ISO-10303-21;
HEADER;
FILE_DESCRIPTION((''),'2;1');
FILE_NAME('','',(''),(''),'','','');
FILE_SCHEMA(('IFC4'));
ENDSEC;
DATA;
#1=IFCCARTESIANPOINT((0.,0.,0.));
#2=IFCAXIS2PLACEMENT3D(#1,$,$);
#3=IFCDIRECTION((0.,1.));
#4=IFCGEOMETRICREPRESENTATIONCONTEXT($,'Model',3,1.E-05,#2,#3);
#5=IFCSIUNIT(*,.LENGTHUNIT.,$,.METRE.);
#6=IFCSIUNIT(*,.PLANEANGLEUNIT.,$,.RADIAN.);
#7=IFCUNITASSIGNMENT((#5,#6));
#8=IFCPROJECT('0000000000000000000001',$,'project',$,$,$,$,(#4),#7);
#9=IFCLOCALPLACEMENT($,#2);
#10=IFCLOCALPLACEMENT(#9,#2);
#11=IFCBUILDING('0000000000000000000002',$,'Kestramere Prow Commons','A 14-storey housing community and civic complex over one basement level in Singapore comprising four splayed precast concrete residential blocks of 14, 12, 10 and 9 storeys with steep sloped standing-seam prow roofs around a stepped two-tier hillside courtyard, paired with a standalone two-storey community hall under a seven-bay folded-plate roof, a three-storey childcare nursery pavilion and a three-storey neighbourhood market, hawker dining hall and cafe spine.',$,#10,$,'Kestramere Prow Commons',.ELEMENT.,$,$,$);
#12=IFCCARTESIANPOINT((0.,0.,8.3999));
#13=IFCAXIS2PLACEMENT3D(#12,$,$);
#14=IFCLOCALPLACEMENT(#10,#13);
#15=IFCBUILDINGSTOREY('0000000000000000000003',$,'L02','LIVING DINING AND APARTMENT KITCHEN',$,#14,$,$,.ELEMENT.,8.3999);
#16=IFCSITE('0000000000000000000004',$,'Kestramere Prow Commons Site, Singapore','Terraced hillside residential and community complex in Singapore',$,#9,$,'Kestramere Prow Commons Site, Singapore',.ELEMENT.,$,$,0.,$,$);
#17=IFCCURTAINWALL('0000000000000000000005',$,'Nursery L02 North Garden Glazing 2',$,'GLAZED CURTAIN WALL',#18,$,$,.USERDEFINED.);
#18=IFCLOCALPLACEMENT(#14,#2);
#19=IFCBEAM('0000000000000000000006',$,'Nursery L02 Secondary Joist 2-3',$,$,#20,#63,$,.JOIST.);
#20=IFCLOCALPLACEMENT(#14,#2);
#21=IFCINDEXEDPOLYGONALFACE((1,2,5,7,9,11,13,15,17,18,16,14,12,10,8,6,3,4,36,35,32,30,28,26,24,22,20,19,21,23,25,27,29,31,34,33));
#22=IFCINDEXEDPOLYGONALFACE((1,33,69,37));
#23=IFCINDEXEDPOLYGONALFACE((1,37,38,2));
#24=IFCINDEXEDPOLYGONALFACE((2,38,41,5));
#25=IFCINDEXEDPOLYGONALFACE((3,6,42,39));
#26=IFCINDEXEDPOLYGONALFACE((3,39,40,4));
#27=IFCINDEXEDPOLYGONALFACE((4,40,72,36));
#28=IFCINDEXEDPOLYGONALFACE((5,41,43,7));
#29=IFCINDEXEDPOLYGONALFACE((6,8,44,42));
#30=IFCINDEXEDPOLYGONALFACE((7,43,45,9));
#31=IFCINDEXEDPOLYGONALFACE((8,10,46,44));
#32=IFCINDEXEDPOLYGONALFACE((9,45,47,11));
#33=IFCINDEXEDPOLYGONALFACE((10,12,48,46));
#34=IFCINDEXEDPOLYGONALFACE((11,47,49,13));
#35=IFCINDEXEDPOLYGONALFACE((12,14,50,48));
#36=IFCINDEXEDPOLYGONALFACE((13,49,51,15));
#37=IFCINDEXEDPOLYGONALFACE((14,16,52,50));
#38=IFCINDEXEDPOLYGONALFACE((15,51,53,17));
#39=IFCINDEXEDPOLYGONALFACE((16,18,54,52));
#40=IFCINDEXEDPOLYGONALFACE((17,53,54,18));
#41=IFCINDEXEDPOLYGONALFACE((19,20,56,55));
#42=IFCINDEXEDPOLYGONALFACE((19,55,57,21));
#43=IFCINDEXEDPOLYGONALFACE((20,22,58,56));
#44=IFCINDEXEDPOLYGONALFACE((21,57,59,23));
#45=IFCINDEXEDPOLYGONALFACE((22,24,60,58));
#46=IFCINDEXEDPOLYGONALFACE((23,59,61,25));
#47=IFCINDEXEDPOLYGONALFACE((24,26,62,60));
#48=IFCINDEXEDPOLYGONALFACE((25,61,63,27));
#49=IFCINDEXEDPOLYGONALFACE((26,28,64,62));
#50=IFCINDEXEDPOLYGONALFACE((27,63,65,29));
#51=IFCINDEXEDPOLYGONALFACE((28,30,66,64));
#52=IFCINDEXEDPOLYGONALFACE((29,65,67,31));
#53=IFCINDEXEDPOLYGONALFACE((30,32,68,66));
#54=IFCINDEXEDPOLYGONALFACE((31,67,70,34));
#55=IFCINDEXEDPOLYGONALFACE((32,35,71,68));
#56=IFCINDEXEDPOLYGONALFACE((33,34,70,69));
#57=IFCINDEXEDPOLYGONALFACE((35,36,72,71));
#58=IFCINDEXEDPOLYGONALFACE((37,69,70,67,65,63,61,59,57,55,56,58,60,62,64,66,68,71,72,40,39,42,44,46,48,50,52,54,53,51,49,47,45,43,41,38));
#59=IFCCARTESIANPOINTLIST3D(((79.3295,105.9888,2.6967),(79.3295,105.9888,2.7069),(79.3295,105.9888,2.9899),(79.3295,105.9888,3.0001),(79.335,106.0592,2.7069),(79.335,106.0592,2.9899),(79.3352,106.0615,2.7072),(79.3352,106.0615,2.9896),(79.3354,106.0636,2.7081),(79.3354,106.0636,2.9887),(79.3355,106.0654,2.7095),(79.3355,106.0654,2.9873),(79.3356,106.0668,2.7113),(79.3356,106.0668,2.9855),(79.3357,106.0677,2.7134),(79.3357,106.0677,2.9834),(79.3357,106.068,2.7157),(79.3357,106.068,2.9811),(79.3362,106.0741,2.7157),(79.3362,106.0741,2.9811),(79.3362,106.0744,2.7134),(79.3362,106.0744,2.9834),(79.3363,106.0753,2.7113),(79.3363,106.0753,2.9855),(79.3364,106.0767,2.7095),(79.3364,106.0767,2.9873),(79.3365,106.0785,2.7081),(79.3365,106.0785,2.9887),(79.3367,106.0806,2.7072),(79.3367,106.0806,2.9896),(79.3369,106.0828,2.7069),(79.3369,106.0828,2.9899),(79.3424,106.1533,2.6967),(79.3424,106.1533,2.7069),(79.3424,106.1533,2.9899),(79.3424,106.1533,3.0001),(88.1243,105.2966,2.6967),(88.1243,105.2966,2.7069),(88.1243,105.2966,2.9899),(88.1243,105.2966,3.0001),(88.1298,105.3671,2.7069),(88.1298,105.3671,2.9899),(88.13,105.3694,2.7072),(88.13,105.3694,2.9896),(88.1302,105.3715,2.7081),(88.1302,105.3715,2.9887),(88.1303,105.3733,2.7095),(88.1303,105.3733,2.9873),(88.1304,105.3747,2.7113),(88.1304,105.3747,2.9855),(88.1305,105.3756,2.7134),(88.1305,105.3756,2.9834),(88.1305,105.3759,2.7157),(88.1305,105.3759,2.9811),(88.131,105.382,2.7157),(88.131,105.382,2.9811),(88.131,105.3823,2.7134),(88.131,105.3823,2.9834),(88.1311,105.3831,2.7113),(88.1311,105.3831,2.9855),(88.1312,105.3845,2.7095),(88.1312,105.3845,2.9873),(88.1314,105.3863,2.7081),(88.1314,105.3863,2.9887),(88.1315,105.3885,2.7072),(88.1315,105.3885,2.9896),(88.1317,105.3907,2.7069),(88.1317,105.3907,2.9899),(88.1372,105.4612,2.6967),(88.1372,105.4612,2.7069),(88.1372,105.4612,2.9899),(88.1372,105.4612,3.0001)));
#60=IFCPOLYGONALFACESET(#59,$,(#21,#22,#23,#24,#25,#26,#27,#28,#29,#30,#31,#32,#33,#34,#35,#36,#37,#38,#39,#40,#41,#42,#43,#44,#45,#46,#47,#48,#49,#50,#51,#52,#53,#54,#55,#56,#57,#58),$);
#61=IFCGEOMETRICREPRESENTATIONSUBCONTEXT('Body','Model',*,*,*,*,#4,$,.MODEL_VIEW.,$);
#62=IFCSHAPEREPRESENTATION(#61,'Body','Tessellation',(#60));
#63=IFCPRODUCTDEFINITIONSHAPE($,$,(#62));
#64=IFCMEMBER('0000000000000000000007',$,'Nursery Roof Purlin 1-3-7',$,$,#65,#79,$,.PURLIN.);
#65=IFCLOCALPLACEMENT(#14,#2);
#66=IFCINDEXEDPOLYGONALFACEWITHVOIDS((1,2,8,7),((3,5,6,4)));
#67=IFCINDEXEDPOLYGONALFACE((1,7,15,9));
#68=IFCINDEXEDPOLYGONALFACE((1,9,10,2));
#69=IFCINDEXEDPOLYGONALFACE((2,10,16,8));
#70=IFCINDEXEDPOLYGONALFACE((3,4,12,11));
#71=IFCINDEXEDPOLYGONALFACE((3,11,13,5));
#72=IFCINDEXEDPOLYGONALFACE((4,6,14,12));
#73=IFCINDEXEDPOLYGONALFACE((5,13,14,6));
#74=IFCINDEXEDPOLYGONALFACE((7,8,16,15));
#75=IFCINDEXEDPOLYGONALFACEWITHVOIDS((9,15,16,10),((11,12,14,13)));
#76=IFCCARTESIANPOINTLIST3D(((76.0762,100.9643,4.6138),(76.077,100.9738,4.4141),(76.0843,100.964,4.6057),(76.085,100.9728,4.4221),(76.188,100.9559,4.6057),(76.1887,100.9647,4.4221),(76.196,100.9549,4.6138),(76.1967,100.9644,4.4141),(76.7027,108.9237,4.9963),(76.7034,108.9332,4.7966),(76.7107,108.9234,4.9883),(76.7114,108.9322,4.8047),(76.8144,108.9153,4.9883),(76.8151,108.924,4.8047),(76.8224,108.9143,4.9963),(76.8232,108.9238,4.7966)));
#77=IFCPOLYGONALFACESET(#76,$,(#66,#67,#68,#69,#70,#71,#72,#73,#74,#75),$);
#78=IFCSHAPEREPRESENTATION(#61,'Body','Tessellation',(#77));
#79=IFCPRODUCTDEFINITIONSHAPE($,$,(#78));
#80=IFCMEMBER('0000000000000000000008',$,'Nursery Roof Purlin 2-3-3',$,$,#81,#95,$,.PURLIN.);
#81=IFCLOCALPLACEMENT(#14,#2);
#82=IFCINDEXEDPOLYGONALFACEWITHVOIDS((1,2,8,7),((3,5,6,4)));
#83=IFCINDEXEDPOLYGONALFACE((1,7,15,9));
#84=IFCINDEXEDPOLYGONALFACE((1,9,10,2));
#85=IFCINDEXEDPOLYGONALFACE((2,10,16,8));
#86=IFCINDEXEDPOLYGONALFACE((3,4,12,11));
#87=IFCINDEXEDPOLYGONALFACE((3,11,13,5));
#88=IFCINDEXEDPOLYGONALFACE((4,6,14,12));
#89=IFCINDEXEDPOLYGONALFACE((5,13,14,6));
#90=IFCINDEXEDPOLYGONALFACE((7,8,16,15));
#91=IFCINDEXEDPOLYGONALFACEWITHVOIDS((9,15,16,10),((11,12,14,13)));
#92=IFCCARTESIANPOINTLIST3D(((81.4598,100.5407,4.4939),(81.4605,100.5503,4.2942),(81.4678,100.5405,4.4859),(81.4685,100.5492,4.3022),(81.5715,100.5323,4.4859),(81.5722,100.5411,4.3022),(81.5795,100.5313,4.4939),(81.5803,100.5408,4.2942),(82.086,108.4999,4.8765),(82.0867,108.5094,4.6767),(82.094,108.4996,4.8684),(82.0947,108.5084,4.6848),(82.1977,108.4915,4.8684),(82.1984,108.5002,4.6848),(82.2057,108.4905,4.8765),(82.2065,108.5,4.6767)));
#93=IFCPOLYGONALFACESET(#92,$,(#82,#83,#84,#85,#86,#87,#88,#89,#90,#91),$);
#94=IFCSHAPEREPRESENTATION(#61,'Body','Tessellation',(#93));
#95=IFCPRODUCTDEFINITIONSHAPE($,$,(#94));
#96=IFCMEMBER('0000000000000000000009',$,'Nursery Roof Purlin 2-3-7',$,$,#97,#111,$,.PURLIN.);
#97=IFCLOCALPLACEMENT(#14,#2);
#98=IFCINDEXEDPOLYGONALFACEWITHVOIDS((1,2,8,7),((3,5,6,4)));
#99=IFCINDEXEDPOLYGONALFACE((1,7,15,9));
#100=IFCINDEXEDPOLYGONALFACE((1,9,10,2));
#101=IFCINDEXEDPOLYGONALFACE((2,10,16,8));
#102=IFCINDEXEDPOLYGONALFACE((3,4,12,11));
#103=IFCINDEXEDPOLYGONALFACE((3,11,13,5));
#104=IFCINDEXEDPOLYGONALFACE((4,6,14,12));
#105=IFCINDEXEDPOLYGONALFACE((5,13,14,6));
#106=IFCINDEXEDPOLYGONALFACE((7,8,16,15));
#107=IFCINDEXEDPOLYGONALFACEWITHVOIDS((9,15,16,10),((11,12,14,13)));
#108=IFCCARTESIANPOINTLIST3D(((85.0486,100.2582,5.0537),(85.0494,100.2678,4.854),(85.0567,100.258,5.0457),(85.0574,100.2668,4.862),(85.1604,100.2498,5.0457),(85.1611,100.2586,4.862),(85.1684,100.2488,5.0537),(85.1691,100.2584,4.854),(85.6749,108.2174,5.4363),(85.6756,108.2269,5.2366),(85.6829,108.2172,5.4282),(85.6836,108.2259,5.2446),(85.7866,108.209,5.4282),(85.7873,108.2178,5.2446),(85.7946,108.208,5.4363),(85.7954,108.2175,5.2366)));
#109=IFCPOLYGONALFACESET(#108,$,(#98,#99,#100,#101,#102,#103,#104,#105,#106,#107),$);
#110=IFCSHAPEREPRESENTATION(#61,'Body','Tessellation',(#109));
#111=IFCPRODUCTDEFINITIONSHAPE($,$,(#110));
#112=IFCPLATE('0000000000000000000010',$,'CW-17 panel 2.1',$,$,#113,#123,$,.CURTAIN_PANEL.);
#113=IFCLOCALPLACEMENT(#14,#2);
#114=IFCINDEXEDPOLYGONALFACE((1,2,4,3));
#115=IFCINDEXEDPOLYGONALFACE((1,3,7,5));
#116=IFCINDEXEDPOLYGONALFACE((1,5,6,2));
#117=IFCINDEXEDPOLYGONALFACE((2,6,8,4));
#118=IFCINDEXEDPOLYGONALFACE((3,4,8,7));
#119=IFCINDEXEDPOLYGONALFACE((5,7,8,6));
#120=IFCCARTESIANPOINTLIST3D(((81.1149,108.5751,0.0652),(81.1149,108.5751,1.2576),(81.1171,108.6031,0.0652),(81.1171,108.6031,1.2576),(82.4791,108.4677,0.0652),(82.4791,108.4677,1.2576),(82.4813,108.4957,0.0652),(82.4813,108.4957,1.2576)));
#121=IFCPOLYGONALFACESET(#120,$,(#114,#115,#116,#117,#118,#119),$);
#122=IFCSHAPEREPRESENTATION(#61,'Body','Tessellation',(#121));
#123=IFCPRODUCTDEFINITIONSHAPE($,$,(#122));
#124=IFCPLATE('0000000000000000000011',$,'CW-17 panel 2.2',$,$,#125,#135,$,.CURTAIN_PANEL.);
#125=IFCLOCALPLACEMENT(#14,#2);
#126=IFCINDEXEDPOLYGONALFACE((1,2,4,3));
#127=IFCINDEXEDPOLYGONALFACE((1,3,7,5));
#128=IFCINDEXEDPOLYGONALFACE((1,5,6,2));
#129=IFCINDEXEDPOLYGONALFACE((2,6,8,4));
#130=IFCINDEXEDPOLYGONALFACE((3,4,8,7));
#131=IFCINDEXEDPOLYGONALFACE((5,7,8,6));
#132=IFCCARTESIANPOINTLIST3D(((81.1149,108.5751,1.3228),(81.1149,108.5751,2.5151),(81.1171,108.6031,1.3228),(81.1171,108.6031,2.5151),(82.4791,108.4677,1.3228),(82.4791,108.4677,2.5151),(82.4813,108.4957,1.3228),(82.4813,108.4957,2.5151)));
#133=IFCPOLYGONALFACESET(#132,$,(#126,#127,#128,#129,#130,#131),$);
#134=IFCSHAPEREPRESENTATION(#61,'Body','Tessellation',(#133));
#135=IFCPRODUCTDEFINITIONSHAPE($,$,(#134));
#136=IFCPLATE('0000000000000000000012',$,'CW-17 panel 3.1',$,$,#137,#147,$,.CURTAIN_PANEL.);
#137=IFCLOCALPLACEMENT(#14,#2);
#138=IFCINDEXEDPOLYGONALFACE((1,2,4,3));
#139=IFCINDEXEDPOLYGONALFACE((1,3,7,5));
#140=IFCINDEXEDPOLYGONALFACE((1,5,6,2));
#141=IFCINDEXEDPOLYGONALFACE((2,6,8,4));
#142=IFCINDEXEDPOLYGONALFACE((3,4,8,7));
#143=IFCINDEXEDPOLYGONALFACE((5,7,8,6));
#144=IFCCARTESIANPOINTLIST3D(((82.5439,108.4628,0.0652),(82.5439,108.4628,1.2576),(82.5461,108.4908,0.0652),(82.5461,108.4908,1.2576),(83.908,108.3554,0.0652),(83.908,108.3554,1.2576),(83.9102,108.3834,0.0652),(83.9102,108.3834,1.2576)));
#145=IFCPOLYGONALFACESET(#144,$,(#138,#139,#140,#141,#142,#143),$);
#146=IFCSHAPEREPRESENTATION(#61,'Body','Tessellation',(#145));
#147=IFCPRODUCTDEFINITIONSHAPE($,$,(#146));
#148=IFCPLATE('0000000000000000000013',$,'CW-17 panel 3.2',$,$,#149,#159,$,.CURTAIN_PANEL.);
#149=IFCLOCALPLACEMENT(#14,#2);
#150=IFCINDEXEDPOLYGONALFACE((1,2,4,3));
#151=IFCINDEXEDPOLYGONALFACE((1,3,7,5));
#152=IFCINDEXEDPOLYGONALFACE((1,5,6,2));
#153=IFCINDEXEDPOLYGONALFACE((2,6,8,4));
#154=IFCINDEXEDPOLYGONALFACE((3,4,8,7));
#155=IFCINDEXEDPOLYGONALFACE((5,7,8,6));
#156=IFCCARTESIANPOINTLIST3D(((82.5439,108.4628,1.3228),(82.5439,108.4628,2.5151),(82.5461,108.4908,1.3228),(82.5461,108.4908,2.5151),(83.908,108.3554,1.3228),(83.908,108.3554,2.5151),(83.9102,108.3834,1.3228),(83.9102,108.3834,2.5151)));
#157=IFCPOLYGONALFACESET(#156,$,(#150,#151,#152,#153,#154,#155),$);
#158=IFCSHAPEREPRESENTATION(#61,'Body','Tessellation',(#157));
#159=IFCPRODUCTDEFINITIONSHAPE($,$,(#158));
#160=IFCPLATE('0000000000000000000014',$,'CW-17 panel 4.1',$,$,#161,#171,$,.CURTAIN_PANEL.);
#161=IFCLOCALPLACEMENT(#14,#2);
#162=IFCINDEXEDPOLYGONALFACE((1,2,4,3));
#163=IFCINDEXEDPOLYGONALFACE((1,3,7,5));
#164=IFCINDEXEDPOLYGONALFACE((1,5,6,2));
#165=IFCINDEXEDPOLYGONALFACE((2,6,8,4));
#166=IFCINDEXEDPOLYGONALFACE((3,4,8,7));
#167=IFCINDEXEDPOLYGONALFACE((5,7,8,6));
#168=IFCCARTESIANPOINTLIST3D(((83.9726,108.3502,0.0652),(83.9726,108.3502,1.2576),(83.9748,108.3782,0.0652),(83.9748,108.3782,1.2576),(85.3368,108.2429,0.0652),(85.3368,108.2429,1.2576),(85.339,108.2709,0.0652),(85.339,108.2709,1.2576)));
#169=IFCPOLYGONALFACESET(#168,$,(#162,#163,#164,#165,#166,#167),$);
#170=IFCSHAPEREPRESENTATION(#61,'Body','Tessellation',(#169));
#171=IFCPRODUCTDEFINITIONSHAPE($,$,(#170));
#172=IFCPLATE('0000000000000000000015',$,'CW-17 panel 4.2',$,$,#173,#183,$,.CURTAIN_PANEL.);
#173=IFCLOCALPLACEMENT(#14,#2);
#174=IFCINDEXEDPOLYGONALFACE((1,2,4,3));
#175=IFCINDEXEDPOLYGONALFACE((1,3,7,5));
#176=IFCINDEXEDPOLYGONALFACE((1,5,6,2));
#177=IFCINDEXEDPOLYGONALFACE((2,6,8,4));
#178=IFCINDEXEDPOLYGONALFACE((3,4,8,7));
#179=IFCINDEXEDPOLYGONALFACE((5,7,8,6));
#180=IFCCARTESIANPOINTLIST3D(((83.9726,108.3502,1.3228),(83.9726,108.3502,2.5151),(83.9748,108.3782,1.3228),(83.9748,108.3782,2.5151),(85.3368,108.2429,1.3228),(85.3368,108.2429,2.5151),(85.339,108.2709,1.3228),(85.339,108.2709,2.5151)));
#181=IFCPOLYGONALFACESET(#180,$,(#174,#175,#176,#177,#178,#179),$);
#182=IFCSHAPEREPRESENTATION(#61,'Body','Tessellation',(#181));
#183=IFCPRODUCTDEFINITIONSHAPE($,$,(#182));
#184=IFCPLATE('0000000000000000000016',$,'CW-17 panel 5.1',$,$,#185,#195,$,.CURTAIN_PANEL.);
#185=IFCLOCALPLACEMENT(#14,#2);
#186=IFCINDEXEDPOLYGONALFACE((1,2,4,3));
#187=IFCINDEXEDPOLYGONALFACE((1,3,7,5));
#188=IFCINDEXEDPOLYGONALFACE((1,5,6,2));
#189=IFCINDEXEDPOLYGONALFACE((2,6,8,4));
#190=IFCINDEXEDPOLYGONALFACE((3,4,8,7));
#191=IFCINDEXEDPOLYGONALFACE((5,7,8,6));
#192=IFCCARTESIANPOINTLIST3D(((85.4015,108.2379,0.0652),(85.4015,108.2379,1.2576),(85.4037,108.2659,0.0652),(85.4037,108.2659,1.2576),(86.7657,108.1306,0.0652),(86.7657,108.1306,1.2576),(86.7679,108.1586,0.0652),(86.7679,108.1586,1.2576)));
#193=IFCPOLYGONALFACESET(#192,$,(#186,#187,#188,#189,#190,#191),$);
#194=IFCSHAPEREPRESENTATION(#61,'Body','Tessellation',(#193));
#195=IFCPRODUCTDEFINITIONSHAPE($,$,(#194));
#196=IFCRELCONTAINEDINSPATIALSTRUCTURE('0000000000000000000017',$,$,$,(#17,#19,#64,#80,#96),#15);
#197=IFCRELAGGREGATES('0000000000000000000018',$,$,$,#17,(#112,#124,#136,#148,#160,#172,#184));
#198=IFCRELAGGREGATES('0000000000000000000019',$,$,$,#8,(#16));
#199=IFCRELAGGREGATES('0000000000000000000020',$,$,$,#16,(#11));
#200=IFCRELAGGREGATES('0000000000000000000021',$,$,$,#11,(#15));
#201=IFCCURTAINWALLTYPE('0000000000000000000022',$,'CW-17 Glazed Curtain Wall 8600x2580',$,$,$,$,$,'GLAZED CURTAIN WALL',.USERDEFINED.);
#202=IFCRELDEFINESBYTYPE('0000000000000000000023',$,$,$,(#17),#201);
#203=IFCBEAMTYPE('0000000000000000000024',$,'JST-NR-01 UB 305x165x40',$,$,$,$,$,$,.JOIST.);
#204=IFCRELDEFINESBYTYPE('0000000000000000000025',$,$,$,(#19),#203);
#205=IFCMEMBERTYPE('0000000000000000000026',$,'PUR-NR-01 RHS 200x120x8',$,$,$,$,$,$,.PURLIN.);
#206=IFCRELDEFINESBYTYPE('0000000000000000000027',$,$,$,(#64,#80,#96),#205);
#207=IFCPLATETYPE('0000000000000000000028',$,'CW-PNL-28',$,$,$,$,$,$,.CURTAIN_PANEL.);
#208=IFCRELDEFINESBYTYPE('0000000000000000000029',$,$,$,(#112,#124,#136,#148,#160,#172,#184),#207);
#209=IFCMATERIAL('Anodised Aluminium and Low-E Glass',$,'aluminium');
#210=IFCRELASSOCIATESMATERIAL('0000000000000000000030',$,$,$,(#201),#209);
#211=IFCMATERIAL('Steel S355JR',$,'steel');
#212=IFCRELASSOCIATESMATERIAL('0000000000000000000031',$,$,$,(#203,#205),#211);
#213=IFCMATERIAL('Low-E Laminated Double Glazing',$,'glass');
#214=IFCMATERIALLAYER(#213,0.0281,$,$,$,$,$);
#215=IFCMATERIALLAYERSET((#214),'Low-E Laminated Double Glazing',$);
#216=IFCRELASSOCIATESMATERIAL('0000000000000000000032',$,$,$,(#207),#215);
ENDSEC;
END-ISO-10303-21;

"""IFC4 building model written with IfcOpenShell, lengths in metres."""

from ifc_helpers import new_model, si_unit, direction, frame, origin, origin_2d, place, context, subcontext, project, spatial, rectangle, hollow_rectangle, i_section, extrude, material, layer, layer_set, material_profile, profile_set, type_object, element, aggregate, save


model = new_model("IFC4")

# Units and contexts
model_context = context("Model", 3, precision=1e-05, world=origin(), true_north=direction((0.0, 1.0)))
body_context = subcontext(model_context, "Body", "Model", "MODEL_VIEW")
ifc_project = project(units=[si_unit("LENGTHUNIT", "METRE"), si_unit("PLANEANGLEUNIT", "RADIAN")], contexts=[model_context])

# Site, building, storey
site_placement = place(None, origin())
site = spatial("IfcSite", under=ifc_project, at=site_placement, Name="Kestramere Prow Commons Site, Singapore", Description="Terraced hillside residential and community complex in Singapore", LongName="Kestramere Prow Commons Site, Singapore", CompositionType="ELEMENT", RefElevation=0.0)
building_placement = place(site_placement, origin())
building = spatial("IfcBuilding", under=site, at=building_placement, Name="Kestramere Prow Commons", Description="A 14-storey housing community and civic complex over one basement level in Singapore comprising four splayed precast concrete residential blocks of 14, 12, 10 and 9 storeys with steep sloped standing-seam prow roofs around a stepped two-tier hillside courtyard, paired with a standalone two-storey community hall under a seven-bay folded-plate roof, a three-storey childcare nursery pavilion and a three-storey neighbourhood market, hawker dining hall and cafe spine.", LongName="Kestramere Prow Commons", CompositionType="ELEMENT")
storey_placement = place(building_placement, frame((0.0, 0.0, 8.3999)))
storey = spatial("IfcBuildingStorey", under=building, at=storey_placement, Name="L02", Description="LIVING DINING AND APARTMENT KITCHEN", CompositionType="ELEMENT", Elevation=8.3999)

# Shared definitions
ifc_material_1 = material(Name="Steel S355JR", Category="steel")

# Curtain wall
ifc_material_2 = material(Name="Anodised Aluminium and Low-E Glass", Category="aluminium")
curtain_wall_type = type_object("IfcCurtainWallType", Name="CW-17 Glazed Curtain Wall 8600x2580", ElementType="GLAZED CURTAIN WALL", PredefinedType="USERDEFINED", material=ifc_material_2)
curtain_wall_placement = place(storey_placement, origin())
curtain_wall = element("IfcCurtainWall", 1, at=curtain_wall_placement, inside=storey, type_object=curtain_wall_type, Name="Nursery L02 North Garden Glazing 2", ObjectType="GLAZED CURTAIN WALL", PredefinedType="USERDEFINED")

# Beam
ifc_material_profile_1 = material_profile(ifc_material_1, i_section(OverallWidth=0.165, OverallDepth=0.3035, WebThickness=0.0061, FlangeThickness=0.0103, FilletRadius=0.0088, at=origin_2d()), Name="UB 305x165x40")
ifc_profile_set_1 = profile_set([ifc_material_profile_1], Name="Steel S355JR")
beam_type_1 = type_object("IfcBeamType", Name="JST-NR-01 UB 305x165x40", PredefinedType="JOIST", material=ifc_profile_set_1)
for number, where, z_axis, x_axis, name in (
    (2, (79.3359, 106.071, 2.8484), (0.996918, -0.078455, 0.0), (0.078455, 0.996918, 0.0), "Nursery L02 Secondary Joist 2-3"),
):
    element("IfcBeam", number, at=place(storey_placement, frame(where, z_axis=z_axis, x_axis=x_axis)), inside=storey, type_object=beam_type_1, Name=name, PredefinedType="JOIST", context=body_context, shape_type="SweptSolid", body=[
        extrude(i_section(OverallWidth=0.165, OverallDepth=0.3035, WebThickness=0.0061, FlangeThickness=0.0103, FilletRadius=0.0088, at=origin_2d()), origin(), (0.0, 0.0, 1.0), 8.822),
    ])

# Members
ifc_material_profile_2 = material_profile(ifc_material_1, hollow_rectangle(XDim=0.1201, YDim=0.2, WallThickness=0.0081, at=origin_2d()), Name="RHS 200x120x8")
ifc_profile_set_2 = profile_set([ifc_material_profile_2], Name="Steel S355JR")
member_type_1 = type_object("IfcMemberType", Name="PUR-NR-01 RHS 200x120x8", PredefinedType="PURLIN", material=ifc_profile_set_2)
member_1_placement = place(storey_placement, frame((76.1365, 100.9644, 4.5139), z_axis=(0.078374, 0.995774, 0.047861), x_axis=(-0.996917, 0.078464, 0.0)))
element("IfcMember", 3, at=member_1_placement, inside=storey, type_object=member_type_1, Name="Nursery Roof Purlin 1-3-7", PredefinedType="PURLIN", context=body_context, shape_type="SweptSolid", body=[
    extrude(hollow_rectangle(XDim=0.1201, YDim=0.2, WallThickness=0.0081, at=origin_2d()), origin(), (0.0, 0.0, 1.0), 7.9932),
])
for number, where, z_axis, x_axis, name in (
    (4, (81.52, 100.5408, 4.394), (0.078346, 0.995777, 0.047863), (-0.996919, 0.078436, 0.0), "Nursery Roof Purlin 2-3-3"),
    (5, (85.1089, 100.2583, 4.9539), (0.078346, 0.995777, 0.047863), (-0.996919, 0.078436, 0.0), "Nursery Roof Purlin 2-3-7"),
):
    element("IfcMember", number, at=place(storey_placement, frame(where, z_axis=z_axis, x_axis=x_axis)), inside=storey, type_object=member_type_1, Name=name, PredefinedType="PURLIN", context=body_context, shape_type="SweptSolid", body=[
        extrude(hollow_rectangle(XDim=0.1201, YDim=0.2, WallThickness=0.0081, at=origin_2d()), origin(), (0.0, 0.0, 1.0), 7.9929),
    ])

# Plates
ifc_material_3 = material(Name="Low-E Laminated Double Glazing", Category="glass")
ifc_layer = layer(ifc_material_3, 0.0281)
ifc_layer_set = layer_set([ifc_layer], Name="Low-E Laminated Double Glazing")
plate_type = type_object("IfcPlateType", Name="CW-PNL-28", PredefinedType="CURTAIN_PANEL", material=ifc_layer_set)
plate_1_placement = place(storey_placement, frame((81.7981, 108.5354, 0.0652), z_axis=(0.0, 0.0, 1.0), x_axis=(0.996917, -0.078459, 0.0)))
plate_1 = element("IfcPlate", 6, at=plate_1_placement, type_object=plate_type, Name="CW-17 panel 2.1", PredefinedType="CURTAIN_PANEL", context=body_context, shape_type="SweptSolid", body=[
    extrude(rectangle(XDim=1.3684, YDim=0.0281, at=origin_2d()), origin(), (0.0, 0.0, 1.0), 1.1924),
])
plate_2_placement = place(storey_placement, frame((81.7981, 108.5354, 1.3228), z_axis=(0.0, 0.0, 1.0), x_axis=(0.996917, -0.078459, 0.0)))
plate_2 = element("IfcPlate", 7, at=plate_2_placement, type_object=plate_type, Name="CW-17 panel 2.2", PredefinedType="CURTAIN_PANEL", context=body_context, shape_type="SweptSolid", body=[
    extrude(rectangle(XDim=1.3684, YDim=0.0281, at=origin_2d()), origin(), (0.0, 0.0, 1.0), 1.1924),
])
plate_3_placement = place(storey_placement, frame((83.2271, 108.4231, 0.0652), z_axis=(0.0, 0.0, 1.0), x_axis=(0.996917, -0.078459, 0.0)))
plate_3 = element("IfcPlate", 8, at=plate_3_placement, type_object=plate_type, Name="CW-17 panel 3.1", PredefinedType="CURTAIN_PANEL", context=body_context, shape_type="SweptSolid", body=[
    extrude(rectangle(XDim=1.3684, YDim=0.0281, at=origin_2d()), origin(), (0.0, 0.0, 1.0), 1.1924),
])
plate_4_placement = place(storey_placement, frame((83.2271, 108.4231, 1.3228), z_axis=(0.0, 0.0, 1.0), x_axis=(0.996917, -0.078459, 0.0)))
plate_4 = element("IfcPlate", 9, at=plate_4_placement, type_object=plate_type, Name="CW-17 panel 3.2", PredefinedType="CURTAIN_PANEL", context=body_context, shape_type="SweptSolid", body=[
    extrude(rectangle(XDim=1.3684, YDim=0.0281, at=origin_2d()), origin(), (0.0, 0.0, 1.0), 1.1924),
])
plate_5_placement = place(storey_placement, frame((84.6558, 108.3105, 0.0652), z_axis=(0.0, 0.0, 1.0), x_axis=(0.996917, -0.078459, 0.0)))
plate_5 = element("IfcPlate", 10, at=plate_5_placement, type_object=plate_type, Name="CW-17 panel 4.1", PredefinedType="CURTAIN_PANEL", context=body_context, shape_type="SweptSolid", body=[
    extrude(rectangle(XDim=1.3684, YDim=0.0281, at=origin_2d()), origin(), (0.0, 0.0, 1.0), 1.1924),
])
plate_6_placement = place(storey_placement, frame((84.6558, 108.3105, 1.3228), z_axis=(0.0, 0.0, 1.0), x_axis=(0.996917, -0.078459, 0.0)))
plate_6 = element("IfcPlate", 11, at=plate_6_placement, type_object=plate_type, Name="CW-17 panel 4.2", PredefinedType="CURTAIN_PANEL", context=body_context, shape_type="SweptSolid", body=[
    extrude(rectangle(XDim=1.3684, YDim=0.0281, at=origin_2d()), origin(), (0.0, 0.0, 1.0), 1.1924),
])
plate_7_placement = place(storey_placement, frame((86.0847, 108.1982, 0.0652), z_axis=(0.0, 0.0, 1.0), x_axis=(0.996917, -0.078459, 0.0)))
plate_7 = element("IfcPlate", 12, at=plate_7_placement, type_object=plate_type, Name="CW-17 panel 5.1", PredefinedType="CURTAIN_PANEL", context=body_context, shape_type="SweptSolid", body=[
    extrude(rectangle(XDim=1.3684, YDim=0.0281, at=origin_2d()), origin(), (0.0, 0.0, 1.0), 1.1924),
])
aggregate(curtain_wall, [plate_1, plate_2, plate_3, plate_4, plate_5, plate_6, plate_7])

save(model, "model.ifc")
